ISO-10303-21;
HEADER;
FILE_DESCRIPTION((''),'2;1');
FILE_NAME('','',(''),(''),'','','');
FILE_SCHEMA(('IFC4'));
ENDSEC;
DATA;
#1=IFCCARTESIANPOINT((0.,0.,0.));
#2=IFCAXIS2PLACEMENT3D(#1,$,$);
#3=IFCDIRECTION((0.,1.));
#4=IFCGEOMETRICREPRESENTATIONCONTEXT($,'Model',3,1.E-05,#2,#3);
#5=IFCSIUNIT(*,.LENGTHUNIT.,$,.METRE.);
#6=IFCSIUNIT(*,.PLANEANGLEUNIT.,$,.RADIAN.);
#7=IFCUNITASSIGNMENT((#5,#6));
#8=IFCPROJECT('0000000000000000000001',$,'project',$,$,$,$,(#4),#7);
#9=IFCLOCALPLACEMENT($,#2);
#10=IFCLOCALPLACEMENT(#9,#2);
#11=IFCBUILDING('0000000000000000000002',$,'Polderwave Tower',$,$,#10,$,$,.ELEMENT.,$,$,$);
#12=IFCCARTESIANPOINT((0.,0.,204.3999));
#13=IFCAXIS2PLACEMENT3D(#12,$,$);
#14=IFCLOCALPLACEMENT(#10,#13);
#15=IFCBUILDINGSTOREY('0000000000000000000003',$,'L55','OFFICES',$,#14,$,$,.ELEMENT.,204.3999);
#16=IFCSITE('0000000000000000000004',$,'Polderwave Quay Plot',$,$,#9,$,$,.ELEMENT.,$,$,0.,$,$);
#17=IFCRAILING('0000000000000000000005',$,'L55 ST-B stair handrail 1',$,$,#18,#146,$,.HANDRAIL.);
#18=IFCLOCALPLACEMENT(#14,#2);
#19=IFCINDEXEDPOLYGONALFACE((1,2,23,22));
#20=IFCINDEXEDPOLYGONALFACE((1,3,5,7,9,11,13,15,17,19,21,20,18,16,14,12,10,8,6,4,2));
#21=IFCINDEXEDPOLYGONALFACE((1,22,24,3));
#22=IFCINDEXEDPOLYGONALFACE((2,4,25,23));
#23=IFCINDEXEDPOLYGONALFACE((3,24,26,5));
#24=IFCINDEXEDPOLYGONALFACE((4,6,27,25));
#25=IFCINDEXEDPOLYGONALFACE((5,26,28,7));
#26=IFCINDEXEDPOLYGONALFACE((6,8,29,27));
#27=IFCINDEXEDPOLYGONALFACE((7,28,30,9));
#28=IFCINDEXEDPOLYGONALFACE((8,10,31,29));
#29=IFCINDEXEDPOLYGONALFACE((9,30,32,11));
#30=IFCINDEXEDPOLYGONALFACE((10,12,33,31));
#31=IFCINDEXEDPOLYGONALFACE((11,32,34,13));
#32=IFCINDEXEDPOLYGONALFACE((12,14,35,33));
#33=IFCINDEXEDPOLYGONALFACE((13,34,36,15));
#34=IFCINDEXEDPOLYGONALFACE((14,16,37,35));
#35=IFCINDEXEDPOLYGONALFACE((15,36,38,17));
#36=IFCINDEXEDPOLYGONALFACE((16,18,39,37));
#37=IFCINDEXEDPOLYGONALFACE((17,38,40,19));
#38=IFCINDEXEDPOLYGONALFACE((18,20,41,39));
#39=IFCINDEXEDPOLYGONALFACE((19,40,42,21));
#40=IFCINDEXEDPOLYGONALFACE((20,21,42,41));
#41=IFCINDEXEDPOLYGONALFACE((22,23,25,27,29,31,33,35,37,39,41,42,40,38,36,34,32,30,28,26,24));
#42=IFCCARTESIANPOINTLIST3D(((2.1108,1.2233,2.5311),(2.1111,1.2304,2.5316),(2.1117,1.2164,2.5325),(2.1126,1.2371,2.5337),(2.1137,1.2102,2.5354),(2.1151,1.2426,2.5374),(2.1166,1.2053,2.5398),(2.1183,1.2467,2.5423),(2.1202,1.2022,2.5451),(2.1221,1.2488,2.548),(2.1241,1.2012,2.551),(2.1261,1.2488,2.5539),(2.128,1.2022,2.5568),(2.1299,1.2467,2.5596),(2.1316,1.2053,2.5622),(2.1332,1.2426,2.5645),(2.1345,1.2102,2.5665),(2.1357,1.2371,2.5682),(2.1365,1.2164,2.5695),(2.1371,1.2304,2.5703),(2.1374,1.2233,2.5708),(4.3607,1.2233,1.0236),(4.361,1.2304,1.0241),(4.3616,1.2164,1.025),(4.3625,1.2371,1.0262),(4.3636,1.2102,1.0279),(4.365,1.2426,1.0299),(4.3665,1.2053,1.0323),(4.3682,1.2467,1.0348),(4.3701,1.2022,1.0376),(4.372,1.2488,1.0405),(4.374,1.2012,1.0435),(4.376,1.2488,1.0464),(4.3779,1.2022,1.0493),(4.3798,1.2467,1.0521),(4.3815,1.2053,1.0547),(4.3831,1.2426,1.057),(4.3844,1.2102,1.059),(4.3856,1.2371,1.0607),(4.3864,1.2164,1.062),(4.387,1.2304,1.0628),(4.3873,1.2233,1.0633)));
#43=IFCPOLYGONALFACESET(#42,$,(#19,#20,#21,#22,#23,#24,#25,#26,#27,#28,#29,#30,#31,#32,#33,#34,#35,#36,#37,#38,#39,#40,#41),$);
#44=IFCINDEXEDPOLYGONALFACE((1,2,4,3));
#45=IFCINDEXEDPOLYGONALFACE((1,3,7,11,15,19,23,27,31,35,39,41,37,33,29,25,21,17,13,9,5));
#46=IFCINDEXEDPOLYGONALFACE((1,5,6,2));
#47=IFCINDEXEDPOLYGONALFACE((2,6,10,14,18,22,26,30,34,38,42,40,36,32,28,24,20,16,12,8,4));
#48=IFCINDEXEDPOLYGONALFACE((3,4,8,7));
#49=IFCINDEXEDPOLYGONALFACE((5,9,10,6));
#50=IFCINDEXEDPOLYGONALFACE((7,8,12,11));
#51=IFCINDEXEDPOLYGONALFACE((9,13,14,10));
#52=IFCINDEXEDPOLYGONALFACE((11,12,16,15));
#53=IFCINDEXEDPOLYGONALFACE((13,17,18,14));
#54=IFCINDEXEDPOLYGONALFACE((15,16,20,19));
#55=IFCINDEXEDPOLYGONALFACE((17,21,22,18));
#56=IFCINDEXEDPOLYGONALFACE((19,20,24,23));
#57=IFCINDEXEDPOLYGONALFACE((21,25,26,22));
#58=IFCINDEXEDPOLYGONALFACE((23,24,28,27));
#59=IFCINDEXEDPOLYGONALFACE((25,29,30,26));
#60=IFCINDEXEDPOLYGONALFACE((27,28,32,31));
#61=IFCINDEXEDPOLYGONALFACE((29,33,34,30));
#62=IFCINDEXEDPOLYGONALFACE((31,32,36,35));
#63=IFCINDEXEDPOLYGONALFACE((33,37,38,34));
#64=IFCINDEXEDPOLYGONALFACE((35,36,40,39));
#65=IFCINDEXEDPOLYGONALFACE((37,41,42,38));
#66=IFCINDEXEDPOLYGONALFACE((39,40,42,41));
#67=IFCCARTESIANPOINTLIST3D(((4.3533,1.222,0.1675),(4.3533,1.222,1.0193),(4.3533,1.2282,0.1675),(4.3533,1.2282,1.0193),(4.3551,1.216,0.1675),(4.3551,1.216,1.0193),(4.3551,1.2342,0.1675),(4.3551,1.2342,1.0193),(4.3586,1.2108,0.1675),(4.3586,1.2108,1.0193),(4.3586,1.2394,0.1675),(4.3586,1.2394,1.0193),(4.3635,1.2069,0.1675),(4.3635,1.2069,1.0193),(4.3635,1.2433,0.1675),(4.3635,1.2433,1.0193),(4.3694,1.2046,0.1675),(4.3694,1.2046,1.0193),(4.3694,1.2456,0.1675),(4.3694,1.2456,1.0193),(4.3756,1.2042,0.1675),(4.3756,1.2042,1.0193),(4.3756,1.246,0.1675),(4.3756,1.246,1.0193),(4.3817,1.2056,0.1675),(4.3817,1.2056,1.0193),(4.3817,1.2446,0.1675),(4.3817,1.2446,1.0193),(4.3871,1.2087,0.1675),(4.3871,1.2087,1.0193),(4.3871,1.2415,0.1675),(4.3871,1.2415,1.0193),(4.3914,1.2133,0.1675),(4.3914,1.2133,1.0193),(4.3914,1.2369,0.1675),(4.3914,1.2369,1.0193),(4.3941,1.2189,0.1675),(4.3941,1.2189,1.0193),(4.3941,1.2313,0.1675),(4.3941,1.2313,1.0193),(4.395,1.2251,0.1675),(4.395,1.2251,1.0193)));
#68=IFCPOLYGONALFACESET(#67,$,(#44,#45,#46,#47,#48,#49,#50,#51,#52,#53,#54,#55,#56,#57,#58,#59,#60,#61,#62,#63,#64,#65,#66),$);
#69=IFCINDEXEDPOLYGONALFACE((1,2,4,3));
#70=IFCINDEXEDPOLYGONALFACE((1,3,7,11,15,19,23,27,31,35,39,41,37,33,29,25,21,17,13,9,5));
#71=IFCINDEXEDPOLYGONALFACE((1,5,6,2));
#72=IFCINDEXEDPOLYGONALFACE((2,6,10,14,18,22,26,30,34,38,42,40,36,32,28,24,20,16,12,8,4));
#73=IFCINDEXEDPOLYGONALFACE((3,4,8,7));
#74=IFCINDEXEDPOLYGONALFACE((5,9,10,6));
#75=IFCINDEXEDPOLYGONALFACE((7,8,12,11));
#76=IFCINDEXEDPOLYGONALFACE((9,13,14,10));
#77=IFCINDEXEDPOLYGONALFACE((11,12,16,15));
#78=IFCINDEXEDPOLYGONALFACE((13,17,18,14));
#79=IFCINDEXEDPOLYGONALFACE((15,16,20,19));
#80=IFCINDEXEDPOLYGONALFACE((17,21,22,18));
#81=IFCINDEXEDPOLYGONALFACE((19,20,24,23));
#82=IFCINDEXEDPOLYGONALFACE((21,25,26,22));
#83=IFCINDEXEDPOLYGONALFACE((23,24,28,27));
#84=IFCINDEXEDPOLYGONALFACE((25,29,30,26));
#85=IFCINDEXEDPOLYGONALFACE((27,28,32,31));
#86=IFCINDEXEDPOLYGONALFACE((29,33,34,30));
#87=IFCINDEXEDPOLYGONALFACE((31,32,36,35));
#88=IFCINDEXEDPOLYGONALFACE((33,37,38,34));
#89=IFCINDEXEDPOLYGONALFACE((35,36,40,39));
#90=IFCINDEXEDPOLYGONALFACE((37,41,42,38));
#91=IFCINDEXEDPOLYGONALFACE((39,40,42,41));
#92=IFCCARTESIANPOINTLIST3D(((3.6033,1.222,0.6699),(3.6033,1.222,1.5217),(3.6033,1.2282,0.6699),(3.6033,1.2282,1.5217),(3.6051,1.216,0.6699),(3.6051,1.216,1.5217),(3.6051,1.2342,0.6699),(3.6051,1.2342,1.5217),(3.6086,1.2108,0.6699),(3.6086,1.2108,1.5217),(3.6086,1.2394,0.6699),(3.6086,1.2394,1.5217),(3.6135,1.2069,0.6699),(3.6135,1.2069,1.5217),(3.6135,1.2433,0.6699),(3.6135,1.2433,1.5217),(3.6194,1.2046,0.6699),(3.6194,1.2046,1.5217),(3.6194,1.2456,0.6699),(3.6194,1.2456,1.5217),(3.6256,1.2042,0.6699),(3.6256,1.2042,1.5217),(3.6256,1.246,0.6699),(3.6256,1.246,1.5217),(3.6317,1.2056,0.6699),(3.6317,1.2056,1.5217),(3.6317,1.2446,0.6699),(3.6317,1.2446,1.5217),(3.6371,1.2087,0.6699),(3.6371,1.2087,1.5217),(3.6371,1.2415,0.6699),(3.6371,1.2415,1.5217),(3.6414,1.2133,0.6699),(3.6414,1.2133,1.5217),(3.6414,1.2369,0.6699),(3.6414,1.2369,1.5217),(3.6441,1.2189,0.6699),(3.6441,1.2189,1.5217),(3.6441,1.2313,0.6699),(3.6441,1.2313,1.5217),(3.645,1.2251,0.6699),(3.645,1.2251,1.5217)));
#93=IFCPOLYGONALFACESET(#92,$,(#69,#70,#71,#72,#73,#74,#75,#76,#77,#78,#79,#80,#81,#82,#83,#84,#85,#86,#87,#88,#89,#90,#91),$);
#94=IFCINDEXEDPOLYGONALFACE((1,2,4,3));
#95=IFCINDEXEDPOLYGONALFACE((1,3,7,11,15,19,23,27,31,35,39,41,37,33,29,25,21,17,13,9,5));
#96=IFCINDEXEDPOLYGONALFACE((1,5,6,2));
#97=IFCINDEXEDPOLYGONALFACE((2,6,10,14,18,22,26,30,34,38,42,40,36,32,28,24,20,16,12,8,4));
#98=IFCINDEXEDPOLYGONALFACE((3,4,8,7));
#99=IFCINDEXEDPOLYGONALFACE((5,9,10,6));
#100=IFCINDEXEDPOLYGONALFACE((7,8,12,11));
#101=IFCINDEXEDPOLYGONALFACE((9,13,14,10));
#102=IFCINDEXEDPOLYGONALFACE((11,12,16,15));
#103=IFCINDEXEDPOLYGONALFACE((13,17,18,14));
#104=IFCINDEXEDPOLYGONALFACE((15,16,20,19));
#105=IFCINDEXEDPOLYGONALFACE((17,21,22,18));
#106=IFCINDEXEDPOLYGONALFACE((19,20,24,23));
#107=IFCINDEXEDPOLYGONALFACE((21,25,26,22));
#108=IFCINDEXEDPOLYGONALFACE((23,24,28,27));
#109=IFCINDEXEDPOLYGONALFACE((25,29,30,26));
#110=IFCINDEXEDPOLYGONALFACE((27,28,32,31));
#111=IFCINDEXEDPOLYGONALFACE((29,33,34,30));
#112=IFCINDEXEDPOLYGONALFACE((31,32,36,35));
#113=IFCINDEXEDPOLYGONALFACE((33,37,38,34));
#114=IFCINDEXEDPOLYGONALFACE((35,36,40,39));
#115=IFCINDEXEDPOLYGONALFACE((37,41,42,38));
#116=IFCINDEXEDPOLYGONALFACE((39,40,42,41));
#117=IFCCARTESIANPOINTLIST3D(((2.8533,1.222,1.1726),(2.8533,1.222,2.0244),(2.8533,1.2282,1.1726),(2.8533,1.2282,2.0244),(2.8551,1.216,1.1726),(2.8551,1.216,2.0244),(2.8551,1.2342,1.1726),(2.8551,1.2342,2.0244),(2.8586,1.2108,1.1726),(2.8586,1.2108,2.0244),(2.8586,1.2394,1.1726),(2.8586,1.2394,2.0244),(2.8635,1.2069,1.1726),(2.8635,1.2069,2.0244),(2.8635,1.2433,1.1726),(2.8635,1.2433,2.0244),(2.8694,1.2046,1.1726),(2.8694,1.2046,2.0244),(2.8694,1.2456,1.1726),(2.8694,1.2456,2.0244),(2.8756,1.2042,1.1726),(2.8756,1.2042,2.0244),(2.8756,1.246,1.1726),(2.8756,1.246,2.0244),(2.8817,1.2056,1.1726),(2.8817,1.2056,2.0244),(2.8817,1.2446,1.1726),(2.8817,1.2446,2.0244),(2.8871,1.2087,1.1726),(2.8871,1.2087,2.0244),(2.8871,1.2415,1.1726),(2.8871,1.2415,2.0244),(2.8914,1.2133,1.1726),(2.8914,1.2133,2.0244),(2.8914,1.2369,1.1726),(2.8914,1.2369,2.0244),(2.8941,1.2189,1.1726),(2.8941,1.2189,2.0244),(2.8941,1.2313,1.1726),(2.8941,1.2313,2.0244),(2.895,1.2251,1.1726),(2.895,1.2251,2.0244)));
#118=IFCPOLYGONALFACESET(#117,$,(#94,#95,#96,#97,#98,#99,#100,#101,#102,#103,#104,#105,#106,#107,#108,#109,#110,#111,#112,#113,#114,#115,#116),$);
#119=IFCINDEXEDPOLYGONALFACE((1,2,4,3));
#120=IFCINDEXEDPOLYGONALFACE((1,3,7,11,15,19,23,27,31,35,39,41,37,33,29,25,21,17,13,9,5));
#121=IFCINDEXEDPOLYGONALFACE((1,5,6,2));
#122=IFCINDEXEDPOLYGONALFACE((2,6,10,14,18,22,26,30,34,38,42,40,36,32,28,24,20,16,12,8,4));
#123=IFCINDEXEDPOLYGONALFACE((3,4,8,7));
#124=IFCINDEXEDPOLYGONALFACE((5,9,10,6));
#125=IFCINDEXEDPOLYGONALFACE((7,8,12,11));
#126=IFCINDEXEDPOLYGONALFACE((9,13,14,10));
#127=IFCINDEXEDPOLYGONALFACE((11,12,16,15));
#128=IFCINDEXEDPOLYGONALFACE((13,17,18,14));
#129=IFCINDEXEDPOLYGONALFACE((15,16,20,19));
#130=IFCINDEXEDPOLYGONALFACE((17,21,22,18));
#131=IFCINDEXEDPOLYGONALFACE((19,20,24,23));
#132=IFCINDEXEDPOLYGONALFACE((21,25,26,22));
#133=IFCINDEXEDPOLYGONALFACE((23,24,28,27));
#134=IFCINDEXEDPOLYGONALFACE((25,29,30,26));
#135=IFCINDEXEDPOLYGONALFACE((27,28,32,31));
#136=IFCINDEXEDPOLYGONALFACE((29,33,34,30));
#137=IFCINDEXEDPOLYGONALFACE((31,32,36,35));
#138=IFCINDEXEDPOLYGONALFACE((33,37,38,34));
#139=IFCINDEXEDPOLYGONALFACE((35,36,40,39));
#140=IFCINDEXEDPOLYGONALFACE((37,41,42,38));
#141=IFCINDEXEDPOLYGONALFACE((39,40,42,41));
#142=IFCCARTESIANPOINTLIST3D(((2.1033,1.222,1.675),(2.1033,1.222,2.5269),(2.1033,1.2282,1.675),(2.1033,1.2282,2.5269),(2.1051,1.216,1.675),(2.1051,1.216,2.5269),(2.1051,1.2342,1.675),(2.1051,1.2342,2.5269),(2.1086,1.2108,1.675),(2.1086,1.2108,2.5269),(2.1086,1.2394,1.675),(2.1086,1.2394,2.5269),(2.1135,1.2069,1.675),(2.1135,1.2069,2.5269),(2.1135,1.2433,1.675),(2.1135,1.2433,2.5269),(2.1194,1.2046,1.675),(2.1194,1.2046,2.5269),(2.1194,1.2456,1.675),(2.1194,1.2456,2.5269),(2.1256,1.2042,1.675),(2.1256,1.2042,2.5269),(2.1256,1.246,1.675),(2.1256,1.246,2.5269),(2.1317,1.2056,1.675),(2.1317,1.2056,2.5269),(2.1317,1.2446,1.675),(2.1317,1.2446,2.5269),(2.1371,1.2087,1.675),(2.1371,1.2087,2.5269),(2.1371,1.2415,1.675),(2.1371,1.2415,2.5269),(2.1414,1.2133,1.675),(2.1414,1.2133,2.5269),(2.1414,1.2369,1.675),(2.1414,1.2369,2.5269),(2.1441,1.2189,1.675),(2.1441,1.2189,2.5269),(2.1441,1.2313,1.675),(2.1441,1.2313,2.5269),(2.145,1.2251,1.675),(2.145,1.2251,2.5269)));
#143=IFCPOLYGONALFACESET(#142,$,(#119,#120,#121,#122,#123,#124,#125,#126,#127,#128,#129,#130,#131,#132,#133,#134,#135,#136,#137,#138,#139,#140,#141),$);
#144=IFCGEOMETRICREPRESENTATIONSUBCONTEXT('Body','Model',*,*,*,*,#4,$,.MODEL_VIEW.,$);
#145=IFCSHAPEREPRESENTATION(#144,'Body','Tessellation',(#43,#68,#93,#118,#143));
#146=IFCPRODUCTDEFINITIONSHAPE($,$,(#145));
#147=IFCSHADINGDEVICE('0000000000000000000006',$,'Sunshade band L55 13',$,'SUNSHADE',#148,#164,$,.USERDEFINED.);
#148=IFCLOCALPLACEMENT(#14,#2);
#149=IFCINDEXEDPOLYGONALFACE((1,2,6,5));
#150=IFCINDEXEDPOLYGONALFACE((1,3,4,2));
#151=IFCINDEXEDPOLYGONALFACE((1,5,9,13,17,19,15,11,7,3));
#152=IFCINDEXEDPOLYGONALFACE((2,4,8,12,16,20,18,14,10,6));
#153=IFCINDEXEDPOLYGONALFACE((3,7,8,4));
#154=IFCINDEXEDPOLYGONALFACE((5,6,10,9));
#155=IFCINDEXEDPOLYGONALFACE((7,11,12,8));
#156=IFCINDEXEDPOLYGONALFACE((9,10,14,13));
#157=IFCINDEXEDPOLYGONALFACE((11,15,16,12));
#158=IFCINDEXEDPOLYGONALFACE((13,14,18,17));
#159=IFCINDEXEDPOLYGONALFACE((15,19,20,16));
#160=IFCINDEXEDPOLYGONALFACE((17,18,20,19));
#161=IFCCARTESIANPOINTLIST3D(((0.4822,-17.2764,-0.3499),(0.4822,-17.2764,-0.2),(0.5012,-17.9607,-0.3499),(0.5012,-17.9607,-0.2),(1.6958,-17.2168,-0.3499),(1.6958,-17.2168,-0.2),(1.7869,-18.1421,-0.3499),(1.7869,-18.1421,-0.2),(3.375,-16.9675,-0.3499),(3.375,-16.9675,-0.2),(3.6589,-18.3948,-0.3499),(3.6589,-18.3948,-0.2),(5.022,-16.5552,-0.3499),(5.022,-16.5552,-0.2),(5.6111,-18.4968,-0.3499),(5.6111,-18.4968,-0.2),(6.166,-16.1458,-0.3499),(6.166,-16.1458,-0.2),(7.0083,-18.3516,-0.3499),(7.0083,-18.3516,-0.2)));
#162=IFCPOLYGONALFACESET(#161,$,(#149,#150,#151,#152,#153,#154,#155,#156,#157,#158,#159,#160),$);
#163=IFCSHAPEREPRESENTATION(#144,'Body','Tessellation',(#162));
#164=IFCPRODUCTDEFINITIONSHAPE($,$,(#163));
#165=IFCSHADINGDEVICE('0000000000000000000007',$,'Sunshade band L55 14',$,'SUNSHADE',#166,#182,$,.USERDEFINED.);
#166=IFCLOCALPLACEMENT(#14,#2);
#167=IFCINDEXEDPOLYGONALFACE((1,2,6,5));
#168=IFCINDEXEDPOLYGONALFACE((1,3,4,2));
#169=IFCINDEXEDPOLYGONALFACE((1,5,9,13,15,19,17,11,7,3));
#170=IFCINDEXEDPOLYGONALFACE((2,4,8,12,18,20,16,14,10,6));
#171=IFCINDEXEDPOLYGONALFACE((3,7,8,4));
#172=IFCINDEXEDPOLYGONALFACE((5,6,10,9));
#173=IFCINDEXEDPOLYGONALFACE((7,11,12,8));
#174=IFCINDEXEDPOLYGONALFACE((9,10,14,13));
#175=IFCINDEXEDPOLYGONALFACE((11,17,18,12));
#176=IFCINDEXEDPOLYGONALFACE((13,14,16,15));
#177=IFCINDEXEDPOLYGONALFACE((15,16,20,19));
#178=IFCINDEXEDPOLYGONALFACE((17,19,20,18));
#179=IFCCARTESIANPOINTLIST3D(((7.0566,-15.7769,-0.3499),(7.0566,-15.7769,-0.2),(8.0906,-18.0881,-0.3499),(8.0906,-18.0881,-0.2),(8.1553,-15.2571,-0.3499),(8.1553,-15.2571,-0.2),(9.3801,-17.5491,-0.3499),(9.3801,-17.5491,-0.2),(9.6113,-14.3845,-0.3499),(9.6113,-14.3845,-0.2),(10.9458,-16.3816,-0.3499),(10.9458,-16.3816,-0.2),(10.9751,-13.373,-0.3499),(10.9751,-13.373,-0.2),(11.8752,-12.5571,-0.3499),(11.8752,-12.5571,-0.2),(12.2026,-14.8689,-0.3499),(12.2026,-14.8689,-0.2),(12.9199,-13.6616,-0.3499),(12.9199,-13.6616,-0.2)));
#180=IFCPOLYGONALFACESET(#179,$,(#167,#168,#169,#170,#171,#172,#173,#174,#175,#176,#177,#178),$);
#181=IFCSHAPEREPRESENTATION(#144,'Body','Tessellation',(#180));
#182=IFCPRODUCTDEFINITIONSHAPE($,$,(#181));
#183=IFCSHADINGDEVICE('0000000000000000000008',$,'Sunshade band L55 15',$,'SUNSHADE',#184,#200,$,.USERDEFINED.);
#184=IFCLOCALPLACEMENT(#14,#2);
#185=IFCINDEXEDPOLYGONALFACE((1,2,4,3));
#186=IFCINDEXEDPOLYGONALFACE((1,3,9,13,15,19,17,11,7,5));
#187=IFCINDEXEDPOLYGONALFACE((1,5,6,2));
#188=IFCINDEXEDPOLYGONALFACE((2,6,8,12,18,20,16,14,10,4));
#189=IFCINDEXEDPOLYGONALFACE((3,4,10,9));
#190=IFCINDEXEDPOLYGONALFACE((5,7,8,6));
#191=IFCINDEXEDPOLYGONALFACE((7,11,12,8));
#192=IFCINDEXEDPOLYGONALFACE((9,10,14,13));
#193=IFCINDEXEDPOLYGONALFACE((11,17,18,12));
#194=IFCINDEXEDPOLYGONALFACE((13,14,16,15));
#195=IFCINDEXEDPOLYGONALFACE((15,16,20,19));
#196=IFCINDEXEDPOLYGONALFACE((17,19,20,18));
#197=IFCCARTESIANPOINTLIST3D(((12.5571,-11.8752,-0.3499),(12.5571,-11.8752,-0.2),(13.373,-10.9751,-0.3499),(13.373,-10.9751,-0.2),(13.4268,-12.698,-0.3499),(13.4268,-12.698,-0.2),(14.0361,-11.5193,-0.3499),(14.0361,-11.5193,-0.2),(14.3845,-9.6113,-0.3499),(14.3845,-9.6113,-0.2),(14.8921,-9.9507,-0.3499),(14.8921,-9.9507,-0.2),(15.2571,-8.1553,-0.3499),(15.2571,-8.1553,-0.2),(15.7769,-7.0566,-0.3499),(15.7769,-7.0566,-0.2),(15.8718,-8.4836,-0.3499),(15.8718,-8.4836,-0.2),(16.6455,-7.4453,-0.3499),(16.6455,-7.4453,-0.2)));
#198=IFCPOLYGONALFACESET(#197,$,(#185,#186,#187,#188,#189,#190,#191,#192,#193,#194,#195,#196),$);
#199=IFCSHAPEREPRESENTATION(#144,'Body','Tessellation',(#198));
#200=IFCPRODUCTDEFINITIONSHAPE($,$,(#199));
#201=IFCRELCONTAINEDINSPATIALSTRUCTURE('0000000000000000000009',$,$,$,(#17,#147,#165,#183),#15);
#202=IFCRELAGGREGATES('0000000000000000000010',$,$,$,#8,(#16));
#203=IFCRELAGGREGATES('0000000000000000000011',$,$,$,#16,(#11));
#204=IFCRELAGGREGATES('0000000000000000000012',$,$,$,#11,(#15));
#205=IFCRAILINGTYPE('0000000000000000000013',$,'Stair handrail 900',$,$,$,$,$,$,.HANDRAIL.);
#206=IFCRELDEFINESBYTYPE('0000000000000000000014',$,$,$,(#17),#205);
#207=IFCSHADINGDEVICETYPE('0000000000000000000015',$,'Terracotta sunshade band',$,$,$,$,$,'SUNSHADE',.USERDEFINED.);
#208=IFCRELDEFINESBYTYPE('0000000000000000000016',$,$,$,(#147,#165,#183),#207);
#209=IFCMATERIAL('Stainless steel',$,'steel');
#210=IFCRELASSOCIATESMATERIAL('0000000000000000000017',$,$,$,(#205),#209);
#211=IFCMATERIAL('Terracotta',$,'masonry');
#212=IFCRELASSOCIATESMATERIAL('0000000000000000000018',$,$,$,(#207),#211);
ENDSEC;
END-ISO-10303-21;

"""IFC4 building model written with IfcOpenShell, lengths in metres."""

from ifc_helpers import new_model, si_unit, direction, frame, origin, origin_2d, place, context, subcontext, project, spatial, polyline, circle, outline, extrude, material, type_object, element, save


model = new_model("IFC4")

# Units and contexts
model_context = context("Model", 3, precision=1e-05, world=origin(), true_north=direction((0.0, 1.0)))
body_context = subcontext(model_context, "Body", "Model", "MODEL_VIEW")
ifc_project = project(units=[si_unit("LENGTHUNIT", "METRE"), si_unit("PLANEANGLEUNIT", "RADIAN")], contexts=[model_context])

# Site, building, storey
site_placement = place(None, origin())
site = spatial("IfcSite", under=ifc_project, at=site_placement, Name="Polderwave Quay Plot", CompositionType="ELEMENT", RefElevation=0.0)
building_placement = place(site_placement, origin())
building = spatial("IfcBuilding", under=site, at=building_placement, Name="Polderwave Tower", CompositionType="ELEMENT")
storey_placement = place(building_placement, frame((0.0, 0.0, 204.3999)))
storey = spatial("IfcBuildingStorey", under=building, at=storey_placement, Name="L55", Description="OFFICES", CompositionType="ELEMENT", Elevation=204.3999)

# Railing
ifc_material_1 = material(Name="Stainless steel", Category="steel")
railing_type_1 = type_object("IfcRailingType", Name="Stair handrail 900", PredefinedType="HANDRAIL", material=ifc_material_1)
railing_1_placement = place(storey_placement, frame((4.374, 1.2251, 0.1675)))
element("IfcRailing", 1, at=railing_1_placement, inside=storey, type_object=railing_type_1, Name="L55 ST-B stair handrail 1", PredefinedType="HANDRAIL", context=body_context, shape_type="SweptSolid", body=[
    extrude(circle(Radius=0.0239, at=origin_2d()), frame((0.0, 0.0, 0.876), z_axis=(-0.830758, 0.0, 0.556633), x_axis=(0.0, -1.0, 0.0)), (0.0, 0.0, 1.0), 2.7083),
    extrude(circle(Radius=0.021, at=origin_2d()), origin(), (0.0, 0.0, 1.0), 0.8518),
    extrude(circle(Radius=0.021, at=origin_2d()), frame((-0.75, 0.0, 0.5024)), (0.0, 0.0, 1.0), 0.8518),
    extrude(circle(Radius=0.021, at=origin_2d()), frame((-1.5, 0.0, 1.0051)), (0.0, 0.0, 1.0), 0.8518),
    extrude(circle(Radius=0.021, at=origin_2d()), frame((-2.25, 0.0, 1.5076)), (0.0, 0.0, 1.0), 0.8518),
])

# Shading devices
ifc_material_2 = material(Name="Terracotta", Category="masonry")
shading_device_type = type_object("IfcShadingDeviceType", Name="Terracotta sunshade band", ElementType="SUNSHADE", PredefinedType="USERDEFINED", material=ifc_material_2)
shading_device_1_placement = place(storey_placement, frame((0.0, 0.0, -0.3499)))
element("IfcShadingDevice", 2, at=shading_device_1_placement, inside=storey, type_object=shading_device_type, Name="Sunshade band L55 13", ObjectType="SUNSHADE", PredefinedType="USERDEFINED", context=body_context, shape_type="SweptSolid", body=[
    extrude(outline(polyline([(0.4822, -17.2764), (1.6958, -17.2168), (3.375, -16.9675), (5.022, -16.5552), (6.166, -16.1458), (7.0083, -18.3516), (5.6111, -18.4968), (3.6589, -18.3948), (1.7869, -18.1421), (0.5012, -17.9607), (0.4822, -17.2764)])), origin(), (0.0, 0.0, 1.0), 0.1499),
])
shading_device_2_placement = place(storey_placement, frame((0.0, 0.0, -0.3499)))
element("IfcShadingDevice", 3, at=shading_device_2_placement, inside=storey, type_object=shading_device_type, Name="Sunshade band L55 14", ObjectType="SUNSHADE", PredefinedType="USERDEFINED", context=body_context, shape_type="SweptSolid", body=[
    extrude(outline(polyline([(7.0566, -15.7769), (8.1553, -15.2571), (9.6113, -14.3845), (10.9751, -13.373), (11.8752, -12.5571), (12.9199, -13.6616), (12.2026, -14.8689), (10.9458, -16.3816), (9.3801, -17.5491), (8.0906, -18.0881), (7.0566, -15.7769)])), origin(), (0.0, 0.0, 1.0), 0.1499),
])
shading_device_3_placement = place(storey_placement, frame((0.0, 0.0, -0.3499)))
element("IfcShadingDevice", 4, at=shading_device_3_placement, inside=storey, type_object=shading_device_type, Name="Sunshade band L55 15", ObjectType="SUNSHADE", PredefinedType="USERDEFINED", context=body_context, shape_type="SweptSolid", body=[
    extrude(outline(polyline([(12.5571, -11.8752), (13.373, -10.9751), (14.3845, -9.6113), (15.2571, -8.1553), (15.7769, -7.0566), (16.6455, -7.4453), (15.8718, -8.4836), (14.8921, -9.9507), (14.0361, -11.5193), (13.4268, -12.698), (12.5571, -11.8752)])), origin(), (0.0, 0.0, 1.0), 0.1499),
])

save(model, "model.ifc")
